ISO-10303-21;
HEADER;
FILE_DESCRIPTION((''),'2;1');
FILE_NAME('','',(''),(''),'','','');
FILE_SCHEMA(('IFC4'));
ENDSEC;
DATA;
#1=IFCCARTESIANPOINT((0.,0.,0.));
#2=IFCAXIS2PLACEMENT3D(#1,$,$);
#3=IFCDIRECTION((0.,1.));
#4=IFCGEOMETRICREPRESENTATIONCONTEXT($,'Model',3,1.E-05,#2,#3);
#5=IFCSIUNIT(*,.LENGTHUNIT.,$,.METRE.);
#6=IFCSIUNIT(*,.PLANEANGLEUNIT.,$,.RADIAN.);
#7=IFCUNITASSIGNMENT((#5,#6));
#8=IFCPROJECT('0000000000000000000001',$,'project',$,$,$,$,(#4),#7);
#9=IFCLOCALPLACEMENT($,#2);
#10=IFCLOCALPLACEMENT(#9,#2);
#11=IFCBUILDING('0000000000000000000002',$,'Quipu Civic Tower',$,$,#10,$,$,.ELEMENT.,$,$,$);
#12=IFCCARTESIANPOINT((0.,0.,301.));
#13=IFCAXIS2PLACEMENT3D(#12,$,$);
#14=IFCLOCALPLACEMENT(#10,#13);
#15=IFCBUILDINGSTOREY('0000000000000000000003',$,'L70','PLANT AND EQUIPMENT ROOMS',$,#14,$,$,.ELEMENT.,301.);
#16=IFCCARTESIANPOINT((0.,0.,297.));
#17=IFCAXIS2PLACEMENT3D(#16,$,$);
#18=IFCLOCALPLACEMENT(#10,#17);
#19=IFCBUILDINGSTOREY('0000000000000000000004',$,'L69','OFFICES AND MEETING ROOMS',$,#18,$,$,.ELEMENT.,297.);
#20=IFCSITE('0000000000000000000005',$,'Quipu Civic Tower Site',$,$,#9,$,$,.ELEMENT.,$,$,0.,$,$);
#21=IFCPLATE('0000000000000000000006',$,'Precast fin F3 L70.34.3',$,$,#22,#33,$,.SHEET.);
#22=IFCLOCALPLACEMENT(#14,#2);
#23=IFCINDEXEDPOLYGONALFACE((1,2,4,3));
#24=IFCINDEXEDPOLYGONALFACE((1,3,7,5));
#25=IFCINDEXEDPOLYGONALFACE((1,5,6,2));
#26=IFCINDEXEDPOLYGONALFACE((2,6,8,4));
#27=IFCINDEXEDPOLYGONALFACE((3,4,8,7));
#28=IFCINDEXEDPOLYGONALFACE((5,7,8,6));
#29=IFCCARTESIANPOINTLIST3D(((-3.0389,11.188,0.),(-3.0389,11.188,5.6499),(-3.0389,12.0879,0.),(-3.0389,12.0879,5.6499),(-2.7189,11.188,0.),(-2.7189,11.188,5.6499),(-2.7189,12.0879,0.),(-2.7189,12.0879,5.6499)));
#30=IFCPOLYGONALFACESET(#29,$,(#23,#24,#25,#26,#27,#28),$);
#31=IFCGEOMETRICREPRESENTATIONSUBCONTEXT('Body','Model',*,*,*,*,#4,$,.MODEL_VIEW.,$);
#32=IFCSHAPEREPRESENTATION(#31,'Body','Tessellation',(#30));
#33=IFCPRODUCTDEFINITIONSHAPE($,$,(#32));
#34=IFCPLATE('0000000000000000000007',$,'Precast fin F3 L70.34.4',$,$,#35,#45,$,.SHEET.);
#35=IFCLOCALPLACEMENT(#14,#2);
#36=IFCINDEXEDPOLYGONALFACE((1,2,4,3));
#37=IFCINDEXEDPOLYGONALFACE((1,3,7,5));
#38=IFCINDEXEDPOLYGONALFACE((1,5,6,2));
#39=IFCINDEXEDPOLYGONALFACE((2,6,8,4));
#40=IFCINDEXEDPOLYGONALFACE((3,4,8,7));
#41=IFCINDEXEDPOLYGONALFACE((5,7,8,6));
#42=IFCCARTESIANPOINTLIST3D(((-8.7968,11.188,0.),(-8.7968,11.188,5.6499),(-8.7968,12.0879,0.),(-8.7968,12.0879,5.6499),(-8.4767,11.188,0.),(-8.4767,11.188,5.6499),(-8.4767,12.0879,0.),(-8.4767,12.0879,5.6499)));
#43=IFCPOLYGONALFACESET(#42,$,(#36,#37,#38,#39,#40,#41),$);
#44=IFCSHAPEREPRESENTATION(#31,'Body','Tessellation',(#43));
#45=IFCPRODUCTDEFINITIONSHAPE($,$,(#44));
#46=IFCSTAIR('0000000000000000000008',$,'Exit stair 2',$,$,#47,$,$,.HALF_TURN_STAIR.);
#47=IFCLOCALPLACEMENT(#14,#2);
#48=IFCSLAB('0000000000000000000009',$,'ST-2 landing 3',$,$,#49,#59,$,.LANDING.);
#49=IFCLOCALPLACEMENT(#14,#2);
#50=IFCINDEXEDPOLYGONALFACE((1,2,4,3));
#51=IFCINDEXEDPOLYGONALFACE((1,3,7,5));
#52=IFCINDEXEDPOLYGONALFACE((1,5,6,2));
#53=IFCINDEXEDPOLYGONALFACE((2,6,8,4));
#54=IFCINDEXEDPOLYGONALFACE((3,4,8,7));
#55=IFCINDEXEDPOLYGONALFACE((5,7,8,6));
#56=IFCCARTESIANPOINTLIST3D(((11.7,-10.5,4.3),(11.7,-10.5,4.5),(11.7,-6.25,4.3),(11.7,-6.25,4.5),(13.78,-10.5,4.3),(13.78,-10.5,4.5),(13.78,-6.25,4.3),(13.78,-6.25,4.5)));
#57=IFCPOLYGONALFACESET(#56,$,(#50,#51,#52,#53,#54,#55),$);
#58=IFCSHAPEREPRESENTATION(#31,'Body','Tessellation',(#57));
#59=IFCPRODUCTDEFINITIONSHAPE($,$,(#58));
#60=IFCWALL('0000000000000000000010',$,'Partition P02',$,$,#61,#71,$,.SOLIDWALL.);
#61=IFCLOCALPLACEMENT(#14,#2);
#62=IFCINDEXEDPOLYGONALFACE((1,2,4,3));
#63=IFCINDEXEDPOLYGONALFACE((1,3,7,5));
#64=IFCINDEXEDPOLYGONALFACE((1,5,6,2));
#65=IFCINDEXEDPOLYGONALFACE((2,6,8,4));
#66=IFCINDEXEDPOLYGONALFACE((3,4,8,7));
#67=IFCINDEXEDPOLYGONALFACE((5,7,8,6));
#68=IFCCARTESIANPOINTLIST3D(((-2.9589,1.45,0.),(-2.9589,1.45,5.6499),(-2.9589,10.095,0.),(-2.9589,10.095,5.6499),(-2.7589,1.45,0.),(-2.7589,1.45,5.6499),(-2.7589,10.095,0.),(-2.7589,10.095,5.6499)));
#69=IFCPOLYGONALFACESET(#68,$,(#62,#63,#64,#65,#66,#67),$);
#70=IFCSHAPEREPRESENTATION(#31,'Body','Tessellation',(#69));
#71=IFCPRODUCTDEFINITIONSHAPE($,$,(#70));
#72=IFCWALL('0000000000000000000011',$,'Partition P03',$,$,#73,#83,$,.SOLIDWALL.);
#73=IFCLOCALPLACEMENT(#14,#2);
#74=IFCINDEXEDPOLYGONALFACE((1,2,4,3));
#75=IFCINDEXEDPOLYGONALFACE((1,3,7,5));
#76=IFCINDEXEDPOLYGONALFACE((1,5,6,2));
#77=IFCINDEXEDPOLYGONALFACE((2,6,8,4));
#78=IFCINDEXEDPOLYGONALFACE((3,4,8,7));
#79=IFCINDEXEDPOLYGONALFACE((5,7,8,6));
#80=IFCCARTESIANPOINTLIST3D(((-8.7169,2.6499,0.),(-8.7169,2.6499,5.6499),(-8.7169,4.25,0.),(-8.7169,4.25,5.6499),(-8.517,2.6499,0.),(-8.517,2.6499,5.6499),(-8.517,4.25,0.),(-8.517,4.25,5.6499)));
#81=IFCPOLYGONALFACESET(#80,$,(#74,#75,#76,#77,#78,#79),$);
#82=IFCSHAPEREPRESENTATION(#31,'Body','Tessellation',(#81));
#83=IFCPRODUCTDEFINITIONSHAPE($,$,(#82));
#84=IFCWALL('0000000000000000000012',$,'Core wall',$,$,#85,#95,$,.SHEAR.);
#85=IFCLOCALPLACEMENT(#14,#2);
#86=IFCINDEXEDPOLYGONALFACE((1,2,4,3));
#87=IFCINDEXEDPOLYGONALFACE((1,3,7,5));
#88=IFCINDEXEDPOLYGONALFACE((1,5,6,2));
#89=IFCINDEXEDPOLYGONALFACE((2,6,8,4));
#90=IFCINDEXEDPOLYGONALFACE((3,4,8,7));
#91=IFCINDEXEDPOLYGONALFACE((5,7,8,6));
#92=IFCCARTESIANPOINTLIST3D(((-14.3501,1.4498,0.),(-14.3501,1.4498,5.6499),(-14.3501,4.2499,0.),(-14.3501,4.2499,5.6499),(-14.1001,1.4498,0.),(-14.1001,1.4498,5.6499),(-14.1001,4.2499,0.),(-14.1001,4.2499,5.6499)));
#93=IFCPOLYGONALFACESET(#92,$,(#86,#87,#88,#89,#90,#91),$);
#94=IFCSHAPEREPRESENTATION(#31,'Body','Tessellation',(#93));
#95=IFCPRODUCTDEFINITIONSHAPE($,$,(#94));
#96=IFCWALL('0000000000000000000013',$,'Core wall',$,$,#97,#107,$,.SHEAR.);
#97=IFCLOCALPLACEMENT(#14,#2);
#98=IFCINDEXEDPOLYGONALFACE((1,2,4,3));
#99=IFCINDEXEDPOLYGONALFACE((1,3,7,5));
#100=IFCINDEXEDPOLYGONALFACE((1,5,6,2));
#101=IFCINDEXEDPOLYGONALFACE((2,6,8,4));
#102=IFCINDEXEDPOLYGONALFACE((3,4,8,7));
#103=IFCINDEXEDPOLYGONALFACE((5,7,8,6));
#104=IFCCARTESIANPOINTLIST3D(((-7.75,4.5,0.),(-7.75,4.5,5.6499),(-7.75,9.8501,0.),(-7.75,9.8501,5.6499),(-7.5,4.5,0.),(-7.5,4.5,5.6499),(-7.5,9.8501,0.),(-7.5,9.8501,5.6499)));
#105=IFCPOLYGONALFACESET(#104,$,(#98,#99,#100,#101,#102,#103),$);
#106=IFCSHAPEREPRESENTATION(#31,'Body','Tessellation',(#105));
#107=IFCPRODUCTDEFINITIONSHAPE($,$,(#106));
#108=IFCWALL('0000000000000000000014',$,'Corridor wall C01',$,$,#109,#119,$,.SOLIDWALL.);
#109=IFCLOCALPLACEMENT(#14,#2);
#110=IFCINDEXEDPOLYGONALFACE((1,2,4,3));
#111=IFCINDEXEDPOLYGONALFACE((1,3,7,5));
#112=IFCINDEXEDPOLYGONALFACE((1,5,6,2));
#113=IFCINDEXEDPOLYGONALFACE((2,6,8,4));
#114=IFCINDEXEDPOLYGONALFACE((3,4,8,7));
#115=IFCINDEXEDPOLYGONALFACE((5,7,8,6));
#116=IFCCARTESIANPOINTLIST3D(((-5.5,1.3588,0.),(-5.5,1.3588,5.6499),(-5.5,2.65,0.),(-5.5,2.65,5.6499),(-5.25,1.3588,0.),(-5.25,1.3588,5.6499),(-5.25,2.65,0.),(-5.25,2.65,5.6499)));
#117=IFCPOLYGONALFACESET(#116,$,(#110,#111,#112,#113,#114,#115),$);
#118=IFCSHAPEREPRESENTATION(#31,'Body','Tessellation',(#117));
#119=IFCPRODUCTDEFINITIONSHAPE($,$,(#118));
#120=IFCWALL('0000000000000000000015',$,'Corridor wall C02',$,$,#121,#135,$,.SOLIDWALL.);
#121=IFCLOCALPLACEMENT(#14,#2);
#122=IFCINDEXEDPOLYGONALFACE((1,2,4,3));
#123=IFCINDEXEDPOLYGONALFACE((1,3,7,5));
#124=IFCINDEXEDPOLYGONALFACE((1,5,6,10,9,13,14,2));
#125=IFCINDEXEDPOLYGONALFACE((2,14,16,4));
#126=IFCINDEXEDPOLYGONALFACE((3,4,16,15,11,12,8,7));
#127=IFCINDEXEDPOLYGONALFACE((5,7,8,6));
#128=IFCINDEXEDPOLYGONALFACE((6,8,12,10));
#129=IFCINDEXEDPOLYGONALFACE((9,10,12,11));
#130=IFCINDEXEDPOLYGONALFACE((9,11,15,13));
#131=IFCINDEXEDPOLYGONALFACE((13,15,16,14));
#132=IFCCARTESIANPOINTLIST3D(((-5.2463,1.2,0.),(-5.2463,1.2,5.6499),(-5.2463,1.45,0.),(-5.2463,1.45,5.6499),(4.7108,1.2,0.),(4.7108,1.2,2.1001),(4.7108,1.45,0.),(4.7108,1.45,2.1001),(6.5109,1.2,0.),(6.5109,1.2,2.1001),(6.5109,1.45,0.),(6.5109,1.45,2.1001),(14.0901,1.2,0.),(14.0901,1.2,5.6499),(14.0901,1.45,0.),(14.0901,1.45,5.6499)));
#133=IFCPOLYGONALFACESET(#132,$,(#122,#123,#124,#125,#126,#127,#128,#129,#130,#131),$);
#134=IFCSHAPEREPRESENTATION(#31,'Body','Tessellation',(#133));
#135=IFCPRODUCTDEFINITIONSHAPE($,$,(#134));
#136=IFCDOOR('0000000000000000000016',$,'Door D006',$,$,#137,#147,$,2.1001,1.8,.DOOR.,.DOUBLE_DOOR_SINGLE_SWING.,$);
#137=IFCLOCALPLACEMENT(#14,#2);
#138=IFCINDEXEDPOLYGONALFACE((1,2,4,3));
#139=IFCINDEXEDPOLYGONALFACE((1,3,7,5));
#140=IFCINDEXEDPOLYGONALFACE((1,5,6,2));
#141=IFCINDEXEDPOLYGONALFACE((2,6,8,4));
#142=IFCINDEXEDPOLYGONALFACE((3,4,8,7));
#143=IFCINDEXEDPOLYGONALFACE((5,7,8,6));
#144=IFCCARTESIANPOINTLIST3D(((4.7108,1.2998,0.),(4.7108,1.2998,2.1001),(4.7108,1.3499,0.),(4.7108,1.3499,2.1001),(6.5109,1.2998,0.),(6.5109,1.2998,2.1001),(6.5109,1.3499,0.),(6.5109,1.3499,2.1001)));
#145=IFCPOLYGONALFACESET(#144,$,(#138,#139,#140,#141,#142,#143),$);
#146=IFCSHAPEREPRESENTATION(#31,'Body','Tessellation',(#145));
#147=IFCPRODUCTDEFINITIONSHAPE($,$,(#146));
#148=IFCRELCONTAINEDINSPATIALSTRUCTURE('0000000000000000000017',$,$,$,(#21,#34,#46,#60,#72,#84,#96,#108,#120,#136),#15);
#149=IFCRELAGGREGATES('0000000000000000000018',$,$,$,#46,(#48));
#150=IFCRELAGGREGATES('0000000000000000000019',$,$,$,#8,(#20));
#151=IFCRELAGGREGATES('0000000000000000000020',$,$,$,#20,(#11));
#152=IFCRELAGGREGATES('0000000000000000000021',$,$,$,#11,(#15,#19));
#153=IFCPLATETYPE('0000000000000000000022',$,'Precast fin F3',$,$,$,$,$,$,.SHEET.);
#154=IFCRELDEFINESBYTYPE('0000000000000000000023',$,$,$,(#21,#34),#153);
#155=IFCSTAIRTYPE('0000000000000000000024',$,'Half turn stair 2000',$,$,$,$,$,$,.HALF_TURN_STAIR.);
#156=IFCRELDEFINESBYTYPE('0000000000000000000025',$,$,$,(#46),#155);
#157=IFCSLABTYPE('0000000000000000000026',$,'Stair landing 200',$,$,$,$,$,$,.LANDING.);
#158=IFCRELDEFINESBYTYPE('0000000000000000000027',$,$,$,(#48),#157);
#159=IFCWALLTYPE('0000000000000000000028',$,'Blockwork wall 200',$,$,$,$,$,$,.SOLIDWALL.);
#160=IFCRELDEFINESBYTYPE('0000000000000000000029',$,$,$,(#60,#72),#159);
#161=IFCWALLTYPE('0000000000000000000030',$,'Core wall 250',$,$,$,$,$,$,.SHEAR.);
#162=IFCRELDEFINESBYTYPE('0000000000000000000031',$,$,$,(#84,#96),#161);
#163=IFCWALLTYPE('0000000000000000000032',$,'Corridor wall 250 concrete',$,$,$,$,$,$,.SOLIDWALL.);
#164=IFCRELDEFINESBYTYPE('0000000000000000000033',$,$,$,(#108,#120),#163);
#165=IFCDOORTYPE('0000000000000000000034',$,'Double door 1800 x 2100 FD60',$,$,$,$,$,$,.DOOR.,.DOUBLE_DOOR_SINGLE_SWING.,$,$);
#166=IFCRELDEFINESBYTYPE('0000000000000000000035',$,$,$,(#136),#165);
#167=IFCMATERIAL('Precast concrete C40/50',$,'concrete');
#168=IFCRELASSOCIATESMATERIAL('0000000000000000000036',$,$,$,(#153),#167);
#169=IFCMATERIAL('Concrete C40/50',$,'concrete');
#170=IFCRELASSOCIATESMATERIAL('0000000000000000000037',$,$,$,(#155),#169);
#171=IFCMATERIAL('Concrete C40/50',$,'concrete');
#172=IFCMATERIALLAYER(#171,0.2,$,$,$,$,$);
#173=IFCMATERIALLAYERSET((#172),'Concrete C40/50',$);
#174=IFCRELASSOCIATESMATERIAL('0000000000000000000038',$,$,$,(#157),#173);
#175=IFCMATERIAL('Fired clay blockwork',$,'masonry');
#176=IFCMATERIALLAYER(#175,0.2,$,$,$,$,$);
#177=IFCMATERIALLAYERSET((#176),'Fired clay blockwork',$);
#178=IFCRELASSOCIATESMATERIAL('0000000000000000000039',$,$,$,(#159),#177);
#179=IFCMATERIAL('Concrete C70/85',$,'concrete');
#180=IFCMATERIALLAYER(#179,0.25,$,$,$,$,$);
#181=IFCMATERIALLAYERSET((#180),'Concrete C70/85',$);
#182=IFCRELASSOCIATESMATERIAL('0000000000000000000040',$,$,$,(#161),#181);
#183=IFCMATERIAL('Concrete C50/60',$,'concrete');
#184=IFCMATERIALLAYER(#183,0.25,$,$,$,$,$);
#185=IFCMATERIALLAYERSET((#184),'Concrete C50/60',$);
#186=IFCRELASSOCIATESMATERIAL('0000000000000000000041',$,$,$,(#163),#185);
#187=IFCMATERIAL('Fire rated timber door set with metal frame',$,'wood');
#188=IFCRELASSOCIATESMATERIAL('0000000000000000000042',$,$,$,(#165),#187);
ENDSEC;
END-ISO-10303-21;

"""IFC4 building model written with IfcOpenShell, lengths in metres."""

from ifc_helpers import new_model, si_unit, direction, frame, frame_2d, origin, origin_2d, place, context, subcontext, project, spatial, polyline, rectangle, outline, extrude, material, layer, layer_set, type_object, element, fill, aggregate, save


model = new_model("IFC4")

# Units and contexts
model_context = context("Model", 3, precision=1e-05, world=origin(), true_north=direction((0.0, 1.0)))
body_context = subcontext(model_context, "Body", "Model", "MODEL_VIEW")
ifc_project = project(units=[si_unit("LENGTHUNIT", "METRE"), si_unit("PLANEANGLEUNIT", "RADIAN")], contexts=[model_context])

# Site, building, storey
site_placement = place(None, origin())
site = spatial("IfcSite", under=ifc_project, at=site_placement, Name="Quipu Civic Tower Site", CompositionType="ELEMENT", RefElevation=0.0)
building_placement = place(site_placement, origin())
building = spatial("IfcBuilding", under=site, at=building_placement, Name="Quipu Civic Tower", CompositionType="ELEMENT")
storey_1_placement = place(building_placement, frame((0.0, 0.0, 301.0)))
storey_1 = spatial("IfcBuildingStorey", under=building, at=storey_1_placement, Name="L70", Description="PLANT AND EQUIPMENT ROOMS", CompositionType="ELEMENT", Elevation=301.0)

# Shared definitions
storey_2_placement = place(building_placement, frame((0.0, 0.0, 297.0)))
storey_2 = spatial("IfcBuildingStorey", under=building, at=storey_2_placement, Name="L69", Description="OFFICES AND MEETING ROOMS", CompositionType="ELEMENT", Elevation=297.0)

# Plates
ifc_material_1 = material(Name="Precast concrete C40/50", Category="concrete")
plate_type = type_object("IfcPlateType", Name="Precast fin F3", PredefinedType="SHEET", material=ifc_material_1)
for number, where, z_axis, x_axis, name in (
    (1, (-2.8789, 11.6379, 0.0), (0.0, 0.0, 1.0), (-1.0, 0.0, 0.0), "Precast fin F3 L70.34.3"),
    (2, (-8.6367, 11.6379, 0.0), (0.0, 0.0, 1.0), (-1.0, 0.0, 0.0), "Precast fin F3 L70.34.4"),
):
    element("IfcPlate", number, at=place(storey_1_placement, frame(where, z_axis=z_axis, x_axis=x_axis)), inside=storey_1, type_object=plate_type, Name=name, PredefinedType="SHEET", context=body_context, shape_type="SweptSolid", body=[
        extrude(rectangle(XDim=0.3201, YDim=0.8999, at=origin_2d()), origin(), (0.0, 0.0, 1.0), 5.6499),
    ])

# Stair, slab
ifc_material_2 = material(Name="Concrete C40/50", Category="concrete")
stair_type_1 = type_object("IfcStairType", Name="Half turn stair 2000", PredefinedType="HALF_TURN_STAIR", material=ifc_material_2)
stair_1_placement = place(storey_1_placement, origin())
stair_1 = element("IfcStair", 3, at=stair_1_placement, inside=storey_1, type_object=stair_type_1, Name="Exit stair 2", PredefinedType="HALF_TURN_STAIR")
ifc_material_3 = material(Name="Concrete C40/50", Category="concrete")
ifc_layer_1 = layer(ifc_material_3, 0.2)
ifc_layer_set_1 = layer_set([ifc_layer_1], Name="Concrete C40/50")
slab_type = type_object("IfcSlabType", Name="Stair landing 200", PredefinedType="LANDING", material=ifc_layer_set_1)
slab_placement = place(storey_1_placement, frame((0.0, 0.0, 4.3)))
slab = element("IfcSlab", 4, at=slab_placement, type_object=slab_type, Name="ST-2 landing 3", PredefinedType="LANDING", context=body_context, shape_type="SweptSolid", body=[
    extrude(outline(polyline([(13.78, -6.25), (11.7, -6.25), (11.7, -10.5), (13.78, -10.5), (13.78, -6.25)])), origin(), (0.0, 0.0, 1.0), 0.2),
])
aggregate(stair_1, [slab])

# Walls
ifc_material_4 = material(Name="Fired clay blockwork", Category="masonry")
ifc_layer_2 = layer(ifc_material_4, 0.2)
ifc_layer_set_2 = layer_set([ifc_layer_2], Name="Fired clay blockwork")
wall_type_1 = type_object("IfcWallType", Name="Blockwork wall 200", PredefinedType="SOLIDWALL", material=ifc_layer_set_2)
wall_1_placement = place(storey_1_placement, frame((-2.8589, 10.095, 0.0), z_axis=(0.0, 0.0, 1.0), x_axis=(0.0, -1.0, 0.0)))
element("IfcWall", 5, at=wall_1_placement, inside=storey_1, type_object=wall_type_1, Name="Partition P02", PredefinedType="SOLIDWALL", context=body_context, shape_type="SweptSolid", body=[
    extrude(rectangle(XDim=8.645, YDim=0.2, at=frame_2d((4.3225, 0.0))), origin(), (0.0, 0.0, 1.0), 5.6499),
])
wall_2_placement = place(storey_1_placement, frame((-8.6169, 4.25, 0.0), z_axis=(0.0, 0.0, 1.0), x_axis=(0.0, -1.0, 0.0)))
element("IfcWall", 6, at=wall_2_placement, inside=storey_1, type_object=wall_type_1, Name="Partition P03", PredefinedType="SOLIDWALL", context=body_context, shape_type="SweptSolid", body=[
    extrude(rectangle(XDim=1.6001, YDim=0.2, at=frame_2d((0.8, 0.0))), origin(), (0.0, 0.0, 1.0), 5.6499),
])
ifc_material_5 = material(Name="Concrete C70/85", Category="concrete")
ifc_layer_3 = layer(ifc_material_5, 0.25)
ifc_layer_set_3 = layer_set([ifc_layer_3], Name="Concrete C70/85")
wall_type_2 = type_object("IfcWallType", Name="Core wall 250", PredefinedType="SHEAR", material=ifc_layer_set_3)
wall_3_placement = place(storey_1_placement, frame((-14.2251, 1.45, 0.0), z_axis=(0.0, 0.0, 1.0), x_axis=(0.0, 1.0, 0.0)))
element("IfcWall", 7, at=wall_3_placement, inside=storey_1, type_object=wall_type_2, Name="Core wall", PredefinedType="SHEAR", context=body_context, shape_type="SweptSolid", body=[
    extrude(rectangle(XDim=2.8, YDim=0.25, at=frame_2d((1.3999, 0.0))), origin(), (0.0, 0.0, 1.0), 5.6499),
])
wall_4_placement = place(storey_1_placement, frame((-7.625, 4.5, 0.0), z_axis=(0.0, 0.0, 1.0), x_axis=(0.0, 1.0, 0.0)))
element("IfcWall", 8, at=wall_4_placement, inside=storey_1, type_object=wall_type_2, Name="Core wall", PredefinedType="SHEAR", context=body_context, shape_type="SweptSolid", body=[
    extrude(rectangle(XDim=5.3501, YDim=0.25, at=frame_2d((2.675, 0.0))), origin(), (0.0, 0.0, 1.0), 5.6499),
])
ifc_material_6 = material(Name="Concrete C50/60", Category="concrete")
ifc_layer_4 = layer(ifc_material_6, 0.25)
ifc_layer_set_4 = layer_set([ifc_layer_4], Name="Concrete C50/60")
wall_type_3 = type_object("IfcWallType", Name="Corridor wall 250 concrete", PredefinedType="SOLIDWALL", material=ifc_layer_set_4)
wall_5_placement = place(storey_1_placement, frame((-5.375, 2.6499, 0.0), z_axis=(0.0, 0.0, 1.0), x_axis=(0.0, -1.0, 0.0)))
element("IfcWall", 9, at=wall_5_placement, inside=storey_1, type_object=wall_type_3, Name="Corridor wall C01", PredefinedType="SOLIDWALL", context=body_context, shape_type="SweptSolid", body=[
    extrude(rectangle(XDim=1.2913, YDim=0.25, at=frame_2d((0.6455, 0.0))), origin(), (0.0, 0.0, 1.0), 5.6499),
])

# Wall, opening, door
wall_6_placement = place(storey_1_placement, frame((-5.2463, 1.325, 0.0), z_axis=(0.0, 0.0, 1.0), x_axis=(1.0, 0.0, 0.0)))
wall_6 = element("IfcWall", 10, at=wall_6_placement, inside=storey_1, type_object=wall_type_3, Name="Corridor wall C02", PredefinedType="SOLIDWALL", context=body_context, shape_type="SweptSolid", body=[
    extrude(rectangle(XDim=19.3364, YDim=0.25, at=frame_2d((9.6682, 0.0))), origin(), (0.0, 0.0, 1.0), 5.6499),
])
opening_1_placement = place(wall_6_placement, frame((9.9573, 0.0, 0.0)))
opening_1 = element("IfcOpeningElement", 11, at=opening_1_placement, cuts=wall_6, PredefinedType="OPENING", context=body_context, shape_type="SweptSolid", body=[
    extrude(rectangle(XDim=1.8, YDim=2.1001, at=frame_2d((0.8999, 1.05))), frame((0.0, 0.135, 0.0), z_axis=(0.0, -1.0, 0.0), x_axis=(1.0, 0.0, 0.0)), (0.0, 0.0, 1.0), 0.27),
])
ifc_material_7 = material(Name="Fire rated timber door set with metal frame", Category="wood")
door_type_1 = type_object("IfcDoorType", Name="Double door 1800 x 2100 FD60", OperationType="DOUBLE_DOOR_SINGLE_SWING", PredefinedType="DOOR", material=ifc_material_7)
door_1_placement = place(opening_1_placement, origin())
door_1 = element("IfcDoor", 12, at=door_1_placement, inside=storey_1, type_object=door_type_1, Name="Door D006", OperationType="DOUBLE_DOOR_SINGLE_SWING", OverallHeight=2.1001, OverallWidth=1.8, PredefinedType="DOOR", context=body_context, shape_type="SweptSolid", body=[
    extrude(rectangle(XDim=1.8, YDim=2.1001, at=frame_2d((0.8999, 1.05))), frame((0.0, 0.0249, 0.0), z_axis=(0.0, -1.0, 0.0), x_axis=(1.0, 0.0, 0.0)), (0.0, 0.0, 1.0), 0.05),
])
fill(opening_1, door_1)

save(model, "model.ifc")
